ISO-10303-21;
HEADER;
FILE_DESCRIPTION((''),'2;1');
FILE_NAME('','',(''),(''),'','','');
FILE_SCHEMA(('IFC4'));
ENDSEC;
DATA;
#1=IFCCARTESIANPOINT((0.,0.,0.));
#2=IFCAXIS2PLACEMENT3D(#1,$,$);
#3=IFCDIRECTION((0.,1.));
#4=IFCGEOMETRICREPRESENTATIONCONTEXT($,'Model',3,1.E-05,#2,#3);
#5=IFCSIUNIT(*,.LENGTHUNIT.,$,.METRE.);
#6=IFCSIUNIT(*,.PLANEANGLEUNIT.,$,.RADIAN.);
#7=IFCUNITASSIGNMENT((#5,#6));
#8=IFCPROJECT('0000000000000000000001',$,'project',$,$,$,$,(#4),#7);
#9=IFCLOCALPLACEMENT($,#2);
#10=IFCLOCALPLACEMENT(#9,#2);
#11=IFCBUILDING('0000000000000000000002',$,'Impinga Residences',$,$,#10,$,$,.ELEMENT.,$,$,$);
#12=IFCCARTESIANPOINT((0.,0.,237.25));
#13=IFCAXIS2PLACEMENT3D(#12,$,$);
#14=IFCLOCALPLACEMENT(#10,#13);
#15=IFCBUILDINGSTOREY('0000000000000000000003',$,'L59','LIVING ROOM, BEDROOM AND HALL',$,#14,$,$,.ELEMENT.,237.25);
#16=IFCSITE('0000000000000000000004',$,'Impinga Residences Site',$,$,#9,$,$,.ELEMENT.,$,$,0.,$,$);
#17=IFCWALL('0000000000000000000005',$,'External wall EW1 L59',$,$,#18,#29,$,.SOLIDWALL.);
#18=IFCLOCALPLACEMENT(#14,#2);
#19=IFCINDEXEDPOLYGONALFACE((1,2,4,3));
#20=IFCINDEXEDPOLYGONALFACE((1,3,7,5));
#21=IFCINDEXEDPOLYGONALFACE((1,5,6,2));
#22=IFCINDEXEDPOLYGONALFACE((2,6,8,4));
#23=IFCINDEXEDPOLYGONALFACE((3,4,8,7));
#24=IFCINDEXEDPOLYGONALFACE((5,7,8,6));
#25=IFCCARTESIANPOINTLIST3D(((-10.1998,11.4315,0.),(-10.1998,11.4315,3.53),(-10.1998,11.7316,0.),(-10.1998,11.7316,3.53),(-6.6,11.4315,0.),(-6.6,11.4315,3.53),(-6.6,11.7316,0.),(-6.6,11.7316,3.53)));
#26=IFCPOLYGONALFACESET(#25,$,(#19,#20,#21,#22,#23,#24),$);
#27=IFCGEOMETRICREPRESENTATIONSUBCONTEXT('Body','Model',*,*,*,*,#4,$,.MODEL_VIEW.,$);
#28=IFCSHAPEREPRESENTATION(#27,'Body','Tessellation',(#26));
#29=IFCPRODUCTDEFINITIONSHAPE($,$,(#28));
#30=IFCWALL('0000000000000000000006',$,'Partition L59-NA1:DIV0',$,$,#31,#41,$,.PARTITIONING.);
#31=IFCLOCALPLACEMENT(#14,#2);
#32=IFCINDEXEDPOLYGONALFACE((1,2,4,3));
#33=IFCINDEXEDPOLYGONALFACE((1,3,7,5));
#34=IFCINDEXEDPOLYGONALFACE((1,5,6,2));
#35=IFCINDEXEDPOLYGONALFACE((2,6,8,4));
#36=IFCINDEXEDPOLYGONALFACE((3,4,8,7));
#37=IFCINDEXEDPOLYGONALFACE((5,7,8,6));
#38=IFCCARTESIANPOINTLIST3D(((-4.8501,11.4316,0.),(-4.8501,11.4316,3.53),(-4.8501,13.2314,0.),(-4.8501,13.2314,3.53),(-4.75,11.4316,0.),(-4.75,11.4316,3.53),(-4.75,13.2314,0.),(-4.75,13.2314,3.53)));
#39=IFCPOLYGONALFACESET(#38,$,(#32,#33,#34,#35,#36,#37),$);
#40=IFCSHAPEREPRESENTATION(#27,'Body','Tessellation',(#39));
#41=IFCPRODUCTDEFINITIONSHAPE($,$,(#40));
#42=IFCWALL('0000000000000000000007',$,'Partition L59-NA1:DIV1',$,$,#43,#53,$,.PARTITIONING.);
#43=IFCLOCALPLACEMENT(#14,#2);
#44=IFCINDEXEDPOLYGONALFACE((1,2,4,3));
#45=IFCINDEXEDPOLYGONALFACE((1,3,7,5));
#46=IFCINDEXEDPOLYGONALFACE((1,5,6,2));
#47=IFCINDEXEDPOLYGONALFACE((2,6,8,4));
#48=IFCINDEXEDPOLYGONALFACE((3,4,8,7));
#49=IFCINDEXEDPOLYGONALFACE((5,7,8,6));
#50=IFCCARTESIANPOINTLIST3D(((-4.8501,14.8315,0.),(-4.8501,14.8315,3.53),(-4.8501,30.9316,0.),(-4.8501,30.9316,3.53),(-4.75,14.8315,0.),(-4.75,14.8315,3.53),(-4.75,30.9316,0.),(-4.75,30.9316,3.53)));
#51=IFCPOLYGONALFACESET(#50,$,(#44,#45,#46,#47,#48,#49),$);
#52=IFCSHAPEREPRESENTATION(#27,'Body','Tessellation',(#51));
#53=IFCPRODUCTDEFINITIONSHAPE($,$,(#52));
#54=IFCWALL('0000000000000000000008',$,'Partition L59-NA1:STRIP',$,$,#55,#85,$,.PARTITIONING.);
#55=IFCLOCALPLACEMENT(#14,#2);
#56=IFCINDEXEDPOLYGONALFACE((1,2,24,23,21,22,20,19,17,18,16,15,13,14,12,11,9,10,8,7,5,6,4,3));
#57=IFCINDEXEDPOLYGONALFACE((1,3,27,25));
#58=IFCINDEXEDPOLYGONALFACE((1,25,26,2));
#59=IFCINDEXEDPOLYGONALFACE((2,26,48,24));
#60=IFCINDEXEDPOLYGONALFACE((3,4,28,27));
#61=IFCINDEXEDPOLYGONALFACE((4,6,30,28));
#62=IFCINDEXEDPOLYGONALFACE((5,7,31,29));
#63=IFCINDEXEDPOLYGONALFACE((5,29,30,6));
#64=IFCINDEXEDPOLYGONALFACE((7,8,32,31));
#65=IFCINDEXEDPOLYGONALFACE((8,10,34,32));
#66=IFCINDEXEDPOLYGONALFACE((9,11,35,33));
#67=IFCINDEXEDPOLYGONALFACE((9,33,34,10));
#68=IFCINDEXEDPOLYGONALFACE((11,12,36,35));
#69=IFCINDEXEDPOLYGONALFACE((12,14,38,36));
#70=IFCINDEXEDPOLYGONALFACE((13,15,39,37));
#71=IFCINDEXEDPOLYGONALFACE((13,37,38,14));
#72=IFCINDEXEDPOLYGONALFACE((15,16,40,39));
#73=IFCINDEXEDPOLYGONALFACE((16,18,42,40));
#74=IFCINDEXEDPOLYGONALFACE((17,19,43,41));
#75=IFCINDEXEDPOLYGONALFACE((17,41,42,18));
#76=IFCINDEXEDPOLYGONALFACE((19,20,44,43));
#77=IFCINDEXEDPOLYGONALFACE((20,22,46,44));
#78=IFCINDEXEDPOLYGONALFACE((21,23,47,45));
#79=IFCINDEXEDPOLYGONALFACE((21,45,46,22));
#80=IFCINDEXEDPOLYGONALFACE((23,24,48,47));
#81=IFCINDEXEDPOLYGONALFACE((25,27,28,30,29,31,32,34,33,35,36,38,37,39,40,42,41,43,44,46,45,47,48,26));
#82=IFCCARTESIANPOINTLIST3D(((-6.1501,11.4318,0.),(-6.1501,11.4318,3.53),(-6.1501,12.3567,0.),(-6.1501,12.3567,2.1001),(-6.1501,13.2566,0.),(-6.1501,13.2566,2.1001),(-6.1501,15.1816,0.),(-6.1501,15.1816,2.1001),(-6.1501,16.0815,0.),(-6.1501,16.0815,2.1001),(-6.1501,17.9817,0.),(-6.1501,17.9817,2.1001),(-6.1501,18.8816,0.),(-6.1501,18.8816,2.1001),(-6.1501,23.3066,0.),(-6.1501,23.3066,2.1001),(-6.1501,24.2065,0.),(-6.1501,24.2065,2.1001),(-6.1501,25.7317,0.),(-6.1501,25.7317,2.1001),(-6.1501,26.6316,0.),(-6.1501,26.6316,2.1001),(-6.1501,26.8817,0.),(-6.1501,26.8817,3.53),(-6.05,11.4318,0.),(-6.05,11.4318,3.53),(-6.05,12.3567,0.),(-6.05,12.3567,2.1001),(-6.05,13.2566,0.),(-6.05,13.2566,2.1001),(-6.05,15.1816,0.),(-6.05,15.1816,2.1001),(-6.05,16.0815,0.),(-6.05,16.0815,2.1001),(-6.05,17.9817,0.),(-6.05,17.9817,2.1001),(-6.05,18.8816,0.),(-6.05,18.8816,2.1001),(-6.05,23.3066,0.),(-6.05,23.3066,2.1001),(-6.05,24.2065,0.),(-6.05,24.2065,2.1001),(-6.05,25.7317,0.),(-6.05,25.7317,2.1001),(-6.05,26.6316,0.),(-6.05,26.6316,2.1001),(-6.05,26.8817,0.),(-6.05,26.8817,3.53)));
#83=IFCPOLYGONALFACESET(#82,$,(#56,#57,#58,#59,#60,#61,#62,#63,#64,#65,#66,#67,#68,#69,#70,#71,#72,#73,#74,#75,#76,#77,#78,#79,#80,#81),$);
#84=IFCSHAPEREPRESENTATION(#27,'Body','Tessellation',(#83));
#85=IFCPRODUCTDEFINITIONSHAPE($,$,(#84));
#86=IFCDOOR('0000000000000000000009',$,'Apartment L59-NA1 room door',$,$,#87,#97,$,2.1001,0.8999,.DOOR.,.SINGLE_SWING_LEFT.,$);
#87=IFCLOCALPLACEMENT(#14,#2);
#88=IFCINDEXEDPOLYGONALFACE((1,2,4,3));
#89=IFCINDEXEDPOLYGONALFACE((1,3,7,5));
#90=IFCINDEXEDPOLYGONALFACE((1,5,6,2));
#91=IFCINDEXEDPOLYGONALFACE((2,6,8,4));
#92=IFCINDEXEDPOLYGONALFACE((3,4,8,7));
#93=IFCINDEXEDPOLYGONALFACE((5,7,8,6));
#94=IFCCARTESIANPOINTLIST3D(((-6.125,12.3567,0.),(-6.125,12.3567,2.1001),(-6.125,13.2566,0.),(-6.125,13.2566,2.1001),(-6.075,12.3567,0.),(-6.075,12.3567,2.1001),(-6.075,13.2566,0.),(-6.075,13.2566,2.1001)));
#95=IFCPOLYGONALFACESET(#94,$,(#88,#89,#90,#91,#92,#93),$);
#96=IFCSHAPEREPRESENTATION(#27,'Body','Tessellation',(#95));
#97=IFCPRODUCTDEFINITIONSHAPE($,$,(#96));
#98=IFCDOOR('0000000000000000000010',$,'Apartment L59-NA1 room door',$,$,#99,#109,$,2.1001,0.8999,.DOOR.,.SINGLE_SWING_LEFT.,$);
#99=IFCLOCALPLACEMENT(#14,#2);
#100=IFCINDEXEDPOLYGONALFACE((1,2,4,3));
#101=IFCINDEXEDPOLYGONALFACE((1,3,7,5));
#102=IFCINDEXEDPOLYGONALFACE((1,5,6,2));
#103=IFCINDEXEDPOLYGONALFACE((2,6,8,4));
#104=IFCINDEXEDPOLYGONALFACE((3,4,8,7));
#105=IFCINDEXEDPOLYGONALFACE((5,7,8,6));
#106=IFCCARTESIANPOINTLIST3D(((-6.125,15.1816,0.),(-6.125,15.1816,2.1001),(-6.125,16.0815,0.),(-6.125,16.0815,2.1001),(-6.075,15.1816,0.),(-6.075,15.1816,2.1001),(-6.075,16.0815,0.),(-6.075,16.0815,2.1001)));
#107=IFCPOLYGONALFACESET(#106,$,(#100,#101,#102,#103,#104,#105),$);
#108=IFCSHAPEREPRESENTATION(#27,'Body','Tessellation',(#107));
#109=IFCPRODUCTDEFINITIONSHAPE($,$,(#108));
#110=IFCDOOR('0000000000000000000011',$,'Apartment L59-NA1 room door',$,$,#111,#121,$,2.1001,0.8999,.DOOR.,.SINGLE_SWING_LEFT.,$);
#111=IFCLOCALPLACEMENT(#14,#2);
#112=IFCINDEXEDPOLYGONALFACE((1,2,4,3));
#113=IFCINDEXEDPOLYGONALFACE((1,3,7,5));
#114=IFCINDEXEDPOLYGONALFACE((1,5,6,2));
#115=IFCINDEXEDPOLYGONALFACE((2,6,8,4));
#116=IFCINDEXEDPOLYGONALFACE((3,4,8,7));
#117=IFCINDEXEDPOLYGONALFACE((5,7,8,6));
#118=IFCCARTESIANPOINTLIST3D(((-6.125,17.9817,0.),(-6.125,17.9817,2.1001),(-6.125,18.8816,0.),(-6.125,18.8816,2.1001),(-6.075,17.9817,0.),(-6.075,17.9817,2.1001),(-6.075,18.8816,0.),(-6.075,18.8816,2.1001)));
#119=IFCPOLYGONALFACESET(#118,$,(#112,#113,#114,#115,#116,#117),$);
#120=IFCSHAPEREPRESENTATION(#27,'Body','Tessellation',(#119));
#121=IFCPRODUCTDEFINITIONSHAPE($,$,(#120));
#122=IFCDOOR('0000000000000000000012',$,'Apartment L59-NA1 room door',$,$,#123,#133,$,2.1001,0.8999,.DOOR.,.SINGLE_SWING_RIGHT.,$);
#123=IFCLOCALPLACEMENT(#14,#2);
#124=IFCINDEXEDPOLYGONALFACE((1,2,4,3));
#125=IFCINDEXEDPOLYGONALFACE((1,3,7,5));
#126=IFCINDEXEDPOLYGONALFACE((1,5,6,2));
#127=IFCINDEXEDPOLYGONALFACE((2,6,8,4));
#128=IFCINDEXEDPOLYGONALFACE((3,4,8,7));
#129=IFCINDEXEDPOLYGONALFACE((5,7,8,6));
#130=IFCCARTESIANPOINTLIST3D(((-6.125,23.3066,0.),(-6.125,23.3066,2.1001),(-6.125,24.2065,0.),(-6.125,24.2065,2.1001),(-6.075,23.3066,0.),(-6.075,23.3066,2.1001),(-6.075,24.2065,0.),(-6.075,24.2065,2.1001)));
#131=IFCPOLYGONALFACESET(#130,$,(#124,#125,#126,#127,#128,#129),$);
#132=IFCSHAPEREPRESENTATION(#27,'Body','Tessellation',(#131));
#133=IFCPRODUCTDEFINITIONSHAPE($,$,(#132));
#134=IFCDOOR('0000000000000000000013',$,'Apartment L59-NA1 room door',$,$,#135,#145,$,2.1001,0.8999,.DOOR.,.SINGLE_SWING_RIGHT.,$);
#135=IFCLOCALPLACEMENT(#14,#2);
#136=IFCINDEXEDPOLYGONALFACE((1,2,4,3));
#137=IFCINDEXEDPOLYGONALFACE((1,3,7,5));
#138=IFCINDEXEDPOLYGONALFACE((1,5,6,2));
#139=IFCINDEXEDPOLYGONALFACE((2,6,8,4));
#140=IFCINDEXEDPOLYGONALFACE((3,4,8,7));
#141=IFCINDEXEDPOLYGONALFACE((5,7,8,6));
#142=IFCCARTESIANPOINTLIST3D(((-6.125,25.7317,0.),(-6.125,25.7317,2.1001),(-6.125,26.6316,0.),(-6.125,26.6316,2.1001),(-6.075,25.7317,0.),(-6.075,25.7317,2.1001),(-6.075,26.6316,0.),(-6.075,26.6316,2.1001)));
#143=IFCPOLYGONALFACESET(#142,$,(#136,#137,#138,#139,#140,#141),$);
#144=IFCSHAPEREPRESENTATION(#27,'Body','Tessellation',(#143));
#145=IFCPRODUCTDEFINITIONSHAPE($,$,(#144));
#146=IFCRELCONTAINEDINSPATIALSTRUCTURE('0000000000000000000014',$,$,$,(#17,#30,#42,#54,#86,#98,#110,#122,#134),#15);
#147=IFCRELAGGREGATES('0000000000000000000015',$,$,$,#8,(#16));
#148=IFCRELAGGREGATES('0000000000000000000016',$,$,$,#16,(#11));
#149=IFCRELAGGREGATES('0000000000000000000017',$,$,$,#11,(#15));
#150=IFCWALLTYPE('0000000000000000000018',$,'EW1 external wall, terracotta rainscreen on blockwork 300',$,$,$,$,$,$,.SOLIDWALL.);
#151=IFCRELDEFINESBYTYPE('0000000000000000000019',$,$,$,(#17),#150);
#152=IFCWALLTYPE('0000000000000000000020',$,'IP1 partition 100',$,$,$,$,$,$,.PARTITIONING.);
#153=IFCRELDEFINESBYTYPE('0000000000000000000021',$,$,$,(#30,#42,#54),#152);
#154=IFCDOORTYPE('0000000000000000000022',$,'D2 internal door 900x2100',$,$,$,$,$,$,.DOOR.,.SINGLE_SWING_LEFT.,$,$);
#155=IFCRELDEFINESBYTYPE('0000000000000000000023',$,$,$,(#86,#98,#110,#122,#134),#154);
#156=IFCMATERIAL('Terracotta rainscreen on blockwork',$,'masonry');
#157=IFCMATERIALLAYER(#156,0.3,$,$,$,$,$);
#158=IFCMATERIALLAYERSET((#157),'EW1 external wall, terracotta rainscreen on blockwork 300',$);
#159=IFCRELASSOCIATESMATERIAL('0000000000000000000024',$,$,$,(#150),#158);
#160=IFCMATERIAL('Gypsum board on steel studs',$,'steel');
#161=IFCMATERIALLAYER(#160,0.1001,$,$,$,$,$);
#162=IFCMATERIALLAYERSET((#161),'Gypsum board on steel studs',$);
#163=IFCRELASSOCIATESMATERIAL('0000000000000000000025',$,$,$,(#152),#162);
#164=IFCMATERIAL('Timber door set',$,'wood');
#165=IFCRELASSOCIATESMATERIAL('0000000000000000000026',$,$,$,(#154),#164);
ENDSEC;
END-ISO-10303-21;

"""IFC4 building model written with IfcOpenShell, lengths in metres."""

from ifc_helpers import new_model, si_unit, direction, frame, frame_2d, origin, place, context, subcontext, project, spatial, rectangle, extrude, material, layer, layer_set, type_object, element, fill, save


model = new_model("IFC4")

# Units and contexts
model_context = context("Model", 3, precision=1e-05, world=origin(), true_north=direction((0.0, 1.0)))
body_context = subcontext(model_context, "Body", "Model", "MODEL_VIEW")
ifc_project = project(units=[si_unit("LENGTHUNIT", "METRE"), si_unit("PLANEANGLEUNIT", "RADIAN")], contexts=[model_context])

# Site, building, storey
site_placement = place(None, origin())
site = spatial("IfcSite", under=ifc_project, at=site_placement, Name="Impinga Residences Site", CompositionType="ELEMENT", RefElevation=0.0)
building_placement = place(site_placement, origin())
building = spatial("IfcBuilding", under=site, at=building_placement, Name="Impinga Residences", CompositionType="ELEMENT")
storey_placement = place(building_placement, frame((0.0, 0.0, 237.25)))
storey = spatial("IfcBuildingStorey", under=building, at=storey_placement, Name="L59", Description="LIVING ROOM, BEDROOM AND HALL", CompositionType="ELEMENT", Elevation=237.25)

# Walls
ifc_material_1 = material(Name="Terracotta rainscreen on blockwork", Category="masonry")
ifc_layer_1 = layer(ifc_material_1, 0.3)
ifc_layer_set_1 = layer_set([ifc_layer_1], Name="EW1 external wall, terracotta rainscreen on blockwork 300")
wall_type_1 = type_object("IfcWallType", Name="EW1 external wall, terracotta rainscreen on blockwork 300", PredefinedType="SOLIDWALL", material=ifc_layer_set_1)
wall_1_placement = place(storey_placement, frame((-6.6001, 11.5815, 0.0), z_axis=(0.0, 0.0, 1.0), x_axis=(-1.0, 0.0, 0.0)))
element("IfcWall", 1, at=wall_1_placement, inside=storey, type_object=wall_type_1, Name="External wall EW1 L59", PredefinedType="SOLIDWALL", context=body_context, shape_type="SweptSolid", body=[
    extrude(rectangle(XDim=3.5999, YDim=0.3, at=frame_2d((1.7998, 0.0))), origin(), (0.0, 0.0, 1.0), 3.53),
])
ifc_material_2 = material(Name="Gypsum board on steel studs", Category="steel")
ifc_layer_2 = layer(ifc_material_2, 0.1001)
ifc_layer_set_2 = layer_set([ifc_layer_2], Name="Gypsum board on steel studs")
wall_type_2 = type_object("IfcWallType", Name="IP1 partition 100", PredefinedType="PARTITIONING", material=ifc_layer_set_2)
wall_2_placement = place(storey_placement, frame((-4.8, 11.4316, 0.0), z_axis=(0.0, 0.0, 1.0), x_axis=(0.0, 1.0, 0.0)))
element("IfcWall", 2, at=wall_2_placement, inside=storey, type_object=wall_type_2, Name="Partition L59-NA1:DIV0", PredefinedType="PARTITIONING", context=body_context, shape_type="SweptSolid", body=[
    extrude(rectangle(XDim=1.7998, YDim=0.1001, at=frame_2d((0.8999, 0.0))), origin(), (0.0, 0.0, 1.0), 3.53),
])
wall_3_placement = place(storey_placement, frame((-4.8, 14.8315, 0.0), z_axis=(0.0, 0.0, 1.0), x_axis=(0.0, 1.0, 0.0)))
element("IfcWall", 3, at=wall_3_placement, inside=storey, type_object=wall_type_2, Name="Partition L59-NA1:DIV1", PredefinedType="PARTITIONING", context=body_context, shape_type="SweptSolid", body=[
    extrude(rectangle(XDim=16.1001, YDim=0.1001, at=frame_2d((8.05, 0.0))), origin(), (0.0, 0.0, 1.0), 3.53),
])

# Wall, openings, doors
wall_4_placement = place(storey_placement, frame((-6.1001, 11.4316, 0.0), z_axis=(0.0, 0.0, 1.0), x_axis=(0.0, 1.0, 0.0)))
wall_4 = element("IfcWall", 4, at=wall_4_placement, inside=storey, type_object=wall_type_2, Name="Partition L59-NA1:STRIP", PredefinedType="PARTITIONING", context=body_context, shape_type="SweptSolid", body=[
    extrude(rectangle(XDim=15.45, YDim=0.1001, at=frame_2d((7.7251, 0.0))), origin(), (0.0, 0.0, 1.0), 3.53),
])
opening_1_placement = place(wall_4_placement, frame((0.925, 0.0, 0.0)))
opening_1 = element("IfcOpeningElement", 5, at=opening_1_placement, cuts=wall_4, PredefinedType="OPENING", context=body_context, shape_type="SweptSolid", body=[
    extrude(rectangle(XDim=0.8999, YDim=2.1001, at=frame_2d((0.45, 1.05))), frame((0.0, 0.0601, 0.0), z_axis=(0.0, -1.0, 0.0), x_axis=(1.0, 0.0, 0.0)), (0.0, 0.0, 1.0), 0.1201),
])
opening_2_placement = place(wall_4_placement, frame((3.75, 0.0, 0.0)))
opening_2 = element("IfcOpeningElement", 6, at=opening_2_placement, cuts=wall_4, PredefinedType="OPENING", context=body_context, shape_type="SweptSolid", body=[
    extrude(rectangle(XDim=0.8999, YDim=2.1001, at=frame_2d((0.45, 1.05))), frame((0.0, 0.0601, 0.0), z_axis=(0.0, -1.0, 0.0), x_axis=(1.0, 0.0, 0.0)), (0.0, 0.0, 1.0), 0.1201),
])
opening_3_placement = place(wall_4_placement, frame((6.55, 0.0, 0.0)))
opening_3 = element("IfcOpeningElement", 7, at=opening_3_placement, cuts=wall_4, PredefinedType="OPENING", context=body_context, shape_type="SweptSolid", body=[
    extrude(rectangle(XDim=0.8999, YDim=2.1001, at=frame_2d((0.45, 1.05))), frame((0.0, 0.0601, 0.0), z_axis=(0.0, -1.0, 0.0), x_axis=(1.0, 0.0, 0.0)), (0.0, 0.0, 1.0), 0.1201),
])
opening_4_placement = place(wall_4_placement, frame((11.875, 0.0, 0.0)))
opening_4 = element("IfcOpeningElement", 8, at=opening_4_placement, cuts=wall_4, PredefinedType="OPENING", context=body_context, shape_type="SweptSolid", body=[
    extrude(rectangle(XDim=0.8999, YDim=2.1001, at=frame_2d((0.45, 1.05))), frame((0.0, 0.0601, 0.0), z_axis=(0.0, -1.0, 0.0), x_axis=(1.0, 0.0, 0.0)), (0.0, 0.0, 1.0), 0.1201),
])
opening_5_placement = place(wall_4_placement, frame((14.3, 0.0, 0.0)))
opening_5 = element("IfcOpeningElement", 9, at=opening_5_placement, cuts=wall_4, PredefinedType="OPENING", context=body_context, shape_type="SweptSolid", body=[
    extrude(rectangle(XDim=0.8999, YDim=2.1001, at=frame_2d((0.45, 1.05))), frame((0.0, 0.0601, 0.0), z_axis=(0.0, -1.0, 0.0), x_axis=(1.0, 0.0, 0.0)), (0.0, 0.0, 1.0), 0.1201),
])
ifc_material_3 = material(Name="Timber door set", Category="wood")
door_type = type_object("IfcDoorType", Name="D2 internal door 900x2100", OperationType="SINGLE_SWING_LEFT", PredefinedType="DOOR", material=ifc_material_3)
door_1_placement = place(opening_1_placement, origin())
door_1 = element("IfcDoor", 10, at=door_1_placement, inside=storey, type_object=door_type, Name="Apartment L59-NA1 room door", OperationType="SINGLE_SWING_LEFT", OverallHeight=2.1001, OverallWidth=0.8999, PredefinedType="DOOR", context=body_context, shape_type="SweptSolid", body=[
    extrude(rectangle(XDim=0.8999, YDim=2.1001, at=frame_2d((0.45, 1.05))), frame((0.0, 0.0249, 0.0), z_axis=(0.0, -1.0, 0.0), x_axis=(1.0, 0.0, 0.0)), (0.0, 0.0, 1.0), 0.05),
])
fill(opening_1, door_1)
door_2_placement = place(opening_2_placement, origin())
door_2 = element("IfcDoor", 11, at=door_2_placement, inside=storey, type_object=door_type, Name="Apartment L59-NA1 room door", OperationType="SINGLE_SWING_LEFT", OverallHeight=2.1001, OverallWidth=0.8999, PredefinedType="DOOR", context=body_context, shape_type="SweptSolid", body=[
    extrude(rectangle(XDim=0.8999, YDim=2.1001, at=frame_2d((0.45, 1.05))), frame((0.0, 0.0249, 0.0), z_axis=(0.0, -1.0, 0.0), x_axis=(1.0, 0.0, 0.0)), (0.0, 0.0, 1.0), 0.05),
])
fill(opening_2, door_2)
door_3_placement = place(opening_3_placement, origin())
door_3 = element("IfcDoor", 12, at=door_3_placement, inside=storey, type_object=door_type, Name="Apartment L59-NA1 room door", OperationType="SINGLE_SWING_LEFT", OverallHeight=2.1001, OverallWidth=0.8999, PredefinedType="DOOR", context=body_context, shape_type="SweptSolid", body=[
    extrude(rectangle(XDim=0.8999, YDim=2.1001, at=frame_2d((0.45, 1.05))), frame((0.0, 0.0249, 0.0), z_axis=(0.0, -1.0, 0.0), x_axis=(1.0, 0.0, 0.0)), (0.0, 0.0, 1.0), 0.05),
])
fill(opening_3, door_3)
door_4_placement = place(opening_4_placement, origin())
door_4 = element("IfcDoor", 13, at=door_4_placement, inside=storey, type_object=door_type, Name="Apartment L59-NA1 room door", OperationType="SINGLE_SWING_RIGHT", OverallHeight=2.1001, OverallWidth=0.8999, PredefinedType="DOOR", context=body_context, shape_type="SweptSolid", body=[
    extrude(rectangle(XDim=0.8999, YDim=2.1001, at=frame_2d((0.45, 1.05))), frame((0.0, 0.0249, 0.0), z_axis=(0.0, -1.0, 0.0), x_axis=(1.0, 0.0, 0.0)), (0.0, 0.0, 1.0), 0.05),
])
fill(opening_4, door_4)
door_5_placement = place(opening_5_placement, origin())
door_5 = element("IfcDoor", 14, at=door_5_placement, inside=storey, type_object=door_type, Name="Apartment L59-NA1 room door", OperationType="SINGLE_SWING_RIGHT", OverallHeight=2.1001, OverallWidth=0.8999, PredefinedType="DOOR", context=body_context, shape_type="SweptSolid", body=[
    extrude(rectangle(XDim=0.8999, YDim=2.1001, at=frame_2d((0.45, 1.05))), frame((0.0, 0.0249, 0.0), z_axis=(0.0, -1.0, 0.0), x_axis=(1.0, 0.0, 0.0)), (0.0, 0.0, 1.0), 0.05),
])
fill(opening_5, door_5)

save(model, "model.ifc")
